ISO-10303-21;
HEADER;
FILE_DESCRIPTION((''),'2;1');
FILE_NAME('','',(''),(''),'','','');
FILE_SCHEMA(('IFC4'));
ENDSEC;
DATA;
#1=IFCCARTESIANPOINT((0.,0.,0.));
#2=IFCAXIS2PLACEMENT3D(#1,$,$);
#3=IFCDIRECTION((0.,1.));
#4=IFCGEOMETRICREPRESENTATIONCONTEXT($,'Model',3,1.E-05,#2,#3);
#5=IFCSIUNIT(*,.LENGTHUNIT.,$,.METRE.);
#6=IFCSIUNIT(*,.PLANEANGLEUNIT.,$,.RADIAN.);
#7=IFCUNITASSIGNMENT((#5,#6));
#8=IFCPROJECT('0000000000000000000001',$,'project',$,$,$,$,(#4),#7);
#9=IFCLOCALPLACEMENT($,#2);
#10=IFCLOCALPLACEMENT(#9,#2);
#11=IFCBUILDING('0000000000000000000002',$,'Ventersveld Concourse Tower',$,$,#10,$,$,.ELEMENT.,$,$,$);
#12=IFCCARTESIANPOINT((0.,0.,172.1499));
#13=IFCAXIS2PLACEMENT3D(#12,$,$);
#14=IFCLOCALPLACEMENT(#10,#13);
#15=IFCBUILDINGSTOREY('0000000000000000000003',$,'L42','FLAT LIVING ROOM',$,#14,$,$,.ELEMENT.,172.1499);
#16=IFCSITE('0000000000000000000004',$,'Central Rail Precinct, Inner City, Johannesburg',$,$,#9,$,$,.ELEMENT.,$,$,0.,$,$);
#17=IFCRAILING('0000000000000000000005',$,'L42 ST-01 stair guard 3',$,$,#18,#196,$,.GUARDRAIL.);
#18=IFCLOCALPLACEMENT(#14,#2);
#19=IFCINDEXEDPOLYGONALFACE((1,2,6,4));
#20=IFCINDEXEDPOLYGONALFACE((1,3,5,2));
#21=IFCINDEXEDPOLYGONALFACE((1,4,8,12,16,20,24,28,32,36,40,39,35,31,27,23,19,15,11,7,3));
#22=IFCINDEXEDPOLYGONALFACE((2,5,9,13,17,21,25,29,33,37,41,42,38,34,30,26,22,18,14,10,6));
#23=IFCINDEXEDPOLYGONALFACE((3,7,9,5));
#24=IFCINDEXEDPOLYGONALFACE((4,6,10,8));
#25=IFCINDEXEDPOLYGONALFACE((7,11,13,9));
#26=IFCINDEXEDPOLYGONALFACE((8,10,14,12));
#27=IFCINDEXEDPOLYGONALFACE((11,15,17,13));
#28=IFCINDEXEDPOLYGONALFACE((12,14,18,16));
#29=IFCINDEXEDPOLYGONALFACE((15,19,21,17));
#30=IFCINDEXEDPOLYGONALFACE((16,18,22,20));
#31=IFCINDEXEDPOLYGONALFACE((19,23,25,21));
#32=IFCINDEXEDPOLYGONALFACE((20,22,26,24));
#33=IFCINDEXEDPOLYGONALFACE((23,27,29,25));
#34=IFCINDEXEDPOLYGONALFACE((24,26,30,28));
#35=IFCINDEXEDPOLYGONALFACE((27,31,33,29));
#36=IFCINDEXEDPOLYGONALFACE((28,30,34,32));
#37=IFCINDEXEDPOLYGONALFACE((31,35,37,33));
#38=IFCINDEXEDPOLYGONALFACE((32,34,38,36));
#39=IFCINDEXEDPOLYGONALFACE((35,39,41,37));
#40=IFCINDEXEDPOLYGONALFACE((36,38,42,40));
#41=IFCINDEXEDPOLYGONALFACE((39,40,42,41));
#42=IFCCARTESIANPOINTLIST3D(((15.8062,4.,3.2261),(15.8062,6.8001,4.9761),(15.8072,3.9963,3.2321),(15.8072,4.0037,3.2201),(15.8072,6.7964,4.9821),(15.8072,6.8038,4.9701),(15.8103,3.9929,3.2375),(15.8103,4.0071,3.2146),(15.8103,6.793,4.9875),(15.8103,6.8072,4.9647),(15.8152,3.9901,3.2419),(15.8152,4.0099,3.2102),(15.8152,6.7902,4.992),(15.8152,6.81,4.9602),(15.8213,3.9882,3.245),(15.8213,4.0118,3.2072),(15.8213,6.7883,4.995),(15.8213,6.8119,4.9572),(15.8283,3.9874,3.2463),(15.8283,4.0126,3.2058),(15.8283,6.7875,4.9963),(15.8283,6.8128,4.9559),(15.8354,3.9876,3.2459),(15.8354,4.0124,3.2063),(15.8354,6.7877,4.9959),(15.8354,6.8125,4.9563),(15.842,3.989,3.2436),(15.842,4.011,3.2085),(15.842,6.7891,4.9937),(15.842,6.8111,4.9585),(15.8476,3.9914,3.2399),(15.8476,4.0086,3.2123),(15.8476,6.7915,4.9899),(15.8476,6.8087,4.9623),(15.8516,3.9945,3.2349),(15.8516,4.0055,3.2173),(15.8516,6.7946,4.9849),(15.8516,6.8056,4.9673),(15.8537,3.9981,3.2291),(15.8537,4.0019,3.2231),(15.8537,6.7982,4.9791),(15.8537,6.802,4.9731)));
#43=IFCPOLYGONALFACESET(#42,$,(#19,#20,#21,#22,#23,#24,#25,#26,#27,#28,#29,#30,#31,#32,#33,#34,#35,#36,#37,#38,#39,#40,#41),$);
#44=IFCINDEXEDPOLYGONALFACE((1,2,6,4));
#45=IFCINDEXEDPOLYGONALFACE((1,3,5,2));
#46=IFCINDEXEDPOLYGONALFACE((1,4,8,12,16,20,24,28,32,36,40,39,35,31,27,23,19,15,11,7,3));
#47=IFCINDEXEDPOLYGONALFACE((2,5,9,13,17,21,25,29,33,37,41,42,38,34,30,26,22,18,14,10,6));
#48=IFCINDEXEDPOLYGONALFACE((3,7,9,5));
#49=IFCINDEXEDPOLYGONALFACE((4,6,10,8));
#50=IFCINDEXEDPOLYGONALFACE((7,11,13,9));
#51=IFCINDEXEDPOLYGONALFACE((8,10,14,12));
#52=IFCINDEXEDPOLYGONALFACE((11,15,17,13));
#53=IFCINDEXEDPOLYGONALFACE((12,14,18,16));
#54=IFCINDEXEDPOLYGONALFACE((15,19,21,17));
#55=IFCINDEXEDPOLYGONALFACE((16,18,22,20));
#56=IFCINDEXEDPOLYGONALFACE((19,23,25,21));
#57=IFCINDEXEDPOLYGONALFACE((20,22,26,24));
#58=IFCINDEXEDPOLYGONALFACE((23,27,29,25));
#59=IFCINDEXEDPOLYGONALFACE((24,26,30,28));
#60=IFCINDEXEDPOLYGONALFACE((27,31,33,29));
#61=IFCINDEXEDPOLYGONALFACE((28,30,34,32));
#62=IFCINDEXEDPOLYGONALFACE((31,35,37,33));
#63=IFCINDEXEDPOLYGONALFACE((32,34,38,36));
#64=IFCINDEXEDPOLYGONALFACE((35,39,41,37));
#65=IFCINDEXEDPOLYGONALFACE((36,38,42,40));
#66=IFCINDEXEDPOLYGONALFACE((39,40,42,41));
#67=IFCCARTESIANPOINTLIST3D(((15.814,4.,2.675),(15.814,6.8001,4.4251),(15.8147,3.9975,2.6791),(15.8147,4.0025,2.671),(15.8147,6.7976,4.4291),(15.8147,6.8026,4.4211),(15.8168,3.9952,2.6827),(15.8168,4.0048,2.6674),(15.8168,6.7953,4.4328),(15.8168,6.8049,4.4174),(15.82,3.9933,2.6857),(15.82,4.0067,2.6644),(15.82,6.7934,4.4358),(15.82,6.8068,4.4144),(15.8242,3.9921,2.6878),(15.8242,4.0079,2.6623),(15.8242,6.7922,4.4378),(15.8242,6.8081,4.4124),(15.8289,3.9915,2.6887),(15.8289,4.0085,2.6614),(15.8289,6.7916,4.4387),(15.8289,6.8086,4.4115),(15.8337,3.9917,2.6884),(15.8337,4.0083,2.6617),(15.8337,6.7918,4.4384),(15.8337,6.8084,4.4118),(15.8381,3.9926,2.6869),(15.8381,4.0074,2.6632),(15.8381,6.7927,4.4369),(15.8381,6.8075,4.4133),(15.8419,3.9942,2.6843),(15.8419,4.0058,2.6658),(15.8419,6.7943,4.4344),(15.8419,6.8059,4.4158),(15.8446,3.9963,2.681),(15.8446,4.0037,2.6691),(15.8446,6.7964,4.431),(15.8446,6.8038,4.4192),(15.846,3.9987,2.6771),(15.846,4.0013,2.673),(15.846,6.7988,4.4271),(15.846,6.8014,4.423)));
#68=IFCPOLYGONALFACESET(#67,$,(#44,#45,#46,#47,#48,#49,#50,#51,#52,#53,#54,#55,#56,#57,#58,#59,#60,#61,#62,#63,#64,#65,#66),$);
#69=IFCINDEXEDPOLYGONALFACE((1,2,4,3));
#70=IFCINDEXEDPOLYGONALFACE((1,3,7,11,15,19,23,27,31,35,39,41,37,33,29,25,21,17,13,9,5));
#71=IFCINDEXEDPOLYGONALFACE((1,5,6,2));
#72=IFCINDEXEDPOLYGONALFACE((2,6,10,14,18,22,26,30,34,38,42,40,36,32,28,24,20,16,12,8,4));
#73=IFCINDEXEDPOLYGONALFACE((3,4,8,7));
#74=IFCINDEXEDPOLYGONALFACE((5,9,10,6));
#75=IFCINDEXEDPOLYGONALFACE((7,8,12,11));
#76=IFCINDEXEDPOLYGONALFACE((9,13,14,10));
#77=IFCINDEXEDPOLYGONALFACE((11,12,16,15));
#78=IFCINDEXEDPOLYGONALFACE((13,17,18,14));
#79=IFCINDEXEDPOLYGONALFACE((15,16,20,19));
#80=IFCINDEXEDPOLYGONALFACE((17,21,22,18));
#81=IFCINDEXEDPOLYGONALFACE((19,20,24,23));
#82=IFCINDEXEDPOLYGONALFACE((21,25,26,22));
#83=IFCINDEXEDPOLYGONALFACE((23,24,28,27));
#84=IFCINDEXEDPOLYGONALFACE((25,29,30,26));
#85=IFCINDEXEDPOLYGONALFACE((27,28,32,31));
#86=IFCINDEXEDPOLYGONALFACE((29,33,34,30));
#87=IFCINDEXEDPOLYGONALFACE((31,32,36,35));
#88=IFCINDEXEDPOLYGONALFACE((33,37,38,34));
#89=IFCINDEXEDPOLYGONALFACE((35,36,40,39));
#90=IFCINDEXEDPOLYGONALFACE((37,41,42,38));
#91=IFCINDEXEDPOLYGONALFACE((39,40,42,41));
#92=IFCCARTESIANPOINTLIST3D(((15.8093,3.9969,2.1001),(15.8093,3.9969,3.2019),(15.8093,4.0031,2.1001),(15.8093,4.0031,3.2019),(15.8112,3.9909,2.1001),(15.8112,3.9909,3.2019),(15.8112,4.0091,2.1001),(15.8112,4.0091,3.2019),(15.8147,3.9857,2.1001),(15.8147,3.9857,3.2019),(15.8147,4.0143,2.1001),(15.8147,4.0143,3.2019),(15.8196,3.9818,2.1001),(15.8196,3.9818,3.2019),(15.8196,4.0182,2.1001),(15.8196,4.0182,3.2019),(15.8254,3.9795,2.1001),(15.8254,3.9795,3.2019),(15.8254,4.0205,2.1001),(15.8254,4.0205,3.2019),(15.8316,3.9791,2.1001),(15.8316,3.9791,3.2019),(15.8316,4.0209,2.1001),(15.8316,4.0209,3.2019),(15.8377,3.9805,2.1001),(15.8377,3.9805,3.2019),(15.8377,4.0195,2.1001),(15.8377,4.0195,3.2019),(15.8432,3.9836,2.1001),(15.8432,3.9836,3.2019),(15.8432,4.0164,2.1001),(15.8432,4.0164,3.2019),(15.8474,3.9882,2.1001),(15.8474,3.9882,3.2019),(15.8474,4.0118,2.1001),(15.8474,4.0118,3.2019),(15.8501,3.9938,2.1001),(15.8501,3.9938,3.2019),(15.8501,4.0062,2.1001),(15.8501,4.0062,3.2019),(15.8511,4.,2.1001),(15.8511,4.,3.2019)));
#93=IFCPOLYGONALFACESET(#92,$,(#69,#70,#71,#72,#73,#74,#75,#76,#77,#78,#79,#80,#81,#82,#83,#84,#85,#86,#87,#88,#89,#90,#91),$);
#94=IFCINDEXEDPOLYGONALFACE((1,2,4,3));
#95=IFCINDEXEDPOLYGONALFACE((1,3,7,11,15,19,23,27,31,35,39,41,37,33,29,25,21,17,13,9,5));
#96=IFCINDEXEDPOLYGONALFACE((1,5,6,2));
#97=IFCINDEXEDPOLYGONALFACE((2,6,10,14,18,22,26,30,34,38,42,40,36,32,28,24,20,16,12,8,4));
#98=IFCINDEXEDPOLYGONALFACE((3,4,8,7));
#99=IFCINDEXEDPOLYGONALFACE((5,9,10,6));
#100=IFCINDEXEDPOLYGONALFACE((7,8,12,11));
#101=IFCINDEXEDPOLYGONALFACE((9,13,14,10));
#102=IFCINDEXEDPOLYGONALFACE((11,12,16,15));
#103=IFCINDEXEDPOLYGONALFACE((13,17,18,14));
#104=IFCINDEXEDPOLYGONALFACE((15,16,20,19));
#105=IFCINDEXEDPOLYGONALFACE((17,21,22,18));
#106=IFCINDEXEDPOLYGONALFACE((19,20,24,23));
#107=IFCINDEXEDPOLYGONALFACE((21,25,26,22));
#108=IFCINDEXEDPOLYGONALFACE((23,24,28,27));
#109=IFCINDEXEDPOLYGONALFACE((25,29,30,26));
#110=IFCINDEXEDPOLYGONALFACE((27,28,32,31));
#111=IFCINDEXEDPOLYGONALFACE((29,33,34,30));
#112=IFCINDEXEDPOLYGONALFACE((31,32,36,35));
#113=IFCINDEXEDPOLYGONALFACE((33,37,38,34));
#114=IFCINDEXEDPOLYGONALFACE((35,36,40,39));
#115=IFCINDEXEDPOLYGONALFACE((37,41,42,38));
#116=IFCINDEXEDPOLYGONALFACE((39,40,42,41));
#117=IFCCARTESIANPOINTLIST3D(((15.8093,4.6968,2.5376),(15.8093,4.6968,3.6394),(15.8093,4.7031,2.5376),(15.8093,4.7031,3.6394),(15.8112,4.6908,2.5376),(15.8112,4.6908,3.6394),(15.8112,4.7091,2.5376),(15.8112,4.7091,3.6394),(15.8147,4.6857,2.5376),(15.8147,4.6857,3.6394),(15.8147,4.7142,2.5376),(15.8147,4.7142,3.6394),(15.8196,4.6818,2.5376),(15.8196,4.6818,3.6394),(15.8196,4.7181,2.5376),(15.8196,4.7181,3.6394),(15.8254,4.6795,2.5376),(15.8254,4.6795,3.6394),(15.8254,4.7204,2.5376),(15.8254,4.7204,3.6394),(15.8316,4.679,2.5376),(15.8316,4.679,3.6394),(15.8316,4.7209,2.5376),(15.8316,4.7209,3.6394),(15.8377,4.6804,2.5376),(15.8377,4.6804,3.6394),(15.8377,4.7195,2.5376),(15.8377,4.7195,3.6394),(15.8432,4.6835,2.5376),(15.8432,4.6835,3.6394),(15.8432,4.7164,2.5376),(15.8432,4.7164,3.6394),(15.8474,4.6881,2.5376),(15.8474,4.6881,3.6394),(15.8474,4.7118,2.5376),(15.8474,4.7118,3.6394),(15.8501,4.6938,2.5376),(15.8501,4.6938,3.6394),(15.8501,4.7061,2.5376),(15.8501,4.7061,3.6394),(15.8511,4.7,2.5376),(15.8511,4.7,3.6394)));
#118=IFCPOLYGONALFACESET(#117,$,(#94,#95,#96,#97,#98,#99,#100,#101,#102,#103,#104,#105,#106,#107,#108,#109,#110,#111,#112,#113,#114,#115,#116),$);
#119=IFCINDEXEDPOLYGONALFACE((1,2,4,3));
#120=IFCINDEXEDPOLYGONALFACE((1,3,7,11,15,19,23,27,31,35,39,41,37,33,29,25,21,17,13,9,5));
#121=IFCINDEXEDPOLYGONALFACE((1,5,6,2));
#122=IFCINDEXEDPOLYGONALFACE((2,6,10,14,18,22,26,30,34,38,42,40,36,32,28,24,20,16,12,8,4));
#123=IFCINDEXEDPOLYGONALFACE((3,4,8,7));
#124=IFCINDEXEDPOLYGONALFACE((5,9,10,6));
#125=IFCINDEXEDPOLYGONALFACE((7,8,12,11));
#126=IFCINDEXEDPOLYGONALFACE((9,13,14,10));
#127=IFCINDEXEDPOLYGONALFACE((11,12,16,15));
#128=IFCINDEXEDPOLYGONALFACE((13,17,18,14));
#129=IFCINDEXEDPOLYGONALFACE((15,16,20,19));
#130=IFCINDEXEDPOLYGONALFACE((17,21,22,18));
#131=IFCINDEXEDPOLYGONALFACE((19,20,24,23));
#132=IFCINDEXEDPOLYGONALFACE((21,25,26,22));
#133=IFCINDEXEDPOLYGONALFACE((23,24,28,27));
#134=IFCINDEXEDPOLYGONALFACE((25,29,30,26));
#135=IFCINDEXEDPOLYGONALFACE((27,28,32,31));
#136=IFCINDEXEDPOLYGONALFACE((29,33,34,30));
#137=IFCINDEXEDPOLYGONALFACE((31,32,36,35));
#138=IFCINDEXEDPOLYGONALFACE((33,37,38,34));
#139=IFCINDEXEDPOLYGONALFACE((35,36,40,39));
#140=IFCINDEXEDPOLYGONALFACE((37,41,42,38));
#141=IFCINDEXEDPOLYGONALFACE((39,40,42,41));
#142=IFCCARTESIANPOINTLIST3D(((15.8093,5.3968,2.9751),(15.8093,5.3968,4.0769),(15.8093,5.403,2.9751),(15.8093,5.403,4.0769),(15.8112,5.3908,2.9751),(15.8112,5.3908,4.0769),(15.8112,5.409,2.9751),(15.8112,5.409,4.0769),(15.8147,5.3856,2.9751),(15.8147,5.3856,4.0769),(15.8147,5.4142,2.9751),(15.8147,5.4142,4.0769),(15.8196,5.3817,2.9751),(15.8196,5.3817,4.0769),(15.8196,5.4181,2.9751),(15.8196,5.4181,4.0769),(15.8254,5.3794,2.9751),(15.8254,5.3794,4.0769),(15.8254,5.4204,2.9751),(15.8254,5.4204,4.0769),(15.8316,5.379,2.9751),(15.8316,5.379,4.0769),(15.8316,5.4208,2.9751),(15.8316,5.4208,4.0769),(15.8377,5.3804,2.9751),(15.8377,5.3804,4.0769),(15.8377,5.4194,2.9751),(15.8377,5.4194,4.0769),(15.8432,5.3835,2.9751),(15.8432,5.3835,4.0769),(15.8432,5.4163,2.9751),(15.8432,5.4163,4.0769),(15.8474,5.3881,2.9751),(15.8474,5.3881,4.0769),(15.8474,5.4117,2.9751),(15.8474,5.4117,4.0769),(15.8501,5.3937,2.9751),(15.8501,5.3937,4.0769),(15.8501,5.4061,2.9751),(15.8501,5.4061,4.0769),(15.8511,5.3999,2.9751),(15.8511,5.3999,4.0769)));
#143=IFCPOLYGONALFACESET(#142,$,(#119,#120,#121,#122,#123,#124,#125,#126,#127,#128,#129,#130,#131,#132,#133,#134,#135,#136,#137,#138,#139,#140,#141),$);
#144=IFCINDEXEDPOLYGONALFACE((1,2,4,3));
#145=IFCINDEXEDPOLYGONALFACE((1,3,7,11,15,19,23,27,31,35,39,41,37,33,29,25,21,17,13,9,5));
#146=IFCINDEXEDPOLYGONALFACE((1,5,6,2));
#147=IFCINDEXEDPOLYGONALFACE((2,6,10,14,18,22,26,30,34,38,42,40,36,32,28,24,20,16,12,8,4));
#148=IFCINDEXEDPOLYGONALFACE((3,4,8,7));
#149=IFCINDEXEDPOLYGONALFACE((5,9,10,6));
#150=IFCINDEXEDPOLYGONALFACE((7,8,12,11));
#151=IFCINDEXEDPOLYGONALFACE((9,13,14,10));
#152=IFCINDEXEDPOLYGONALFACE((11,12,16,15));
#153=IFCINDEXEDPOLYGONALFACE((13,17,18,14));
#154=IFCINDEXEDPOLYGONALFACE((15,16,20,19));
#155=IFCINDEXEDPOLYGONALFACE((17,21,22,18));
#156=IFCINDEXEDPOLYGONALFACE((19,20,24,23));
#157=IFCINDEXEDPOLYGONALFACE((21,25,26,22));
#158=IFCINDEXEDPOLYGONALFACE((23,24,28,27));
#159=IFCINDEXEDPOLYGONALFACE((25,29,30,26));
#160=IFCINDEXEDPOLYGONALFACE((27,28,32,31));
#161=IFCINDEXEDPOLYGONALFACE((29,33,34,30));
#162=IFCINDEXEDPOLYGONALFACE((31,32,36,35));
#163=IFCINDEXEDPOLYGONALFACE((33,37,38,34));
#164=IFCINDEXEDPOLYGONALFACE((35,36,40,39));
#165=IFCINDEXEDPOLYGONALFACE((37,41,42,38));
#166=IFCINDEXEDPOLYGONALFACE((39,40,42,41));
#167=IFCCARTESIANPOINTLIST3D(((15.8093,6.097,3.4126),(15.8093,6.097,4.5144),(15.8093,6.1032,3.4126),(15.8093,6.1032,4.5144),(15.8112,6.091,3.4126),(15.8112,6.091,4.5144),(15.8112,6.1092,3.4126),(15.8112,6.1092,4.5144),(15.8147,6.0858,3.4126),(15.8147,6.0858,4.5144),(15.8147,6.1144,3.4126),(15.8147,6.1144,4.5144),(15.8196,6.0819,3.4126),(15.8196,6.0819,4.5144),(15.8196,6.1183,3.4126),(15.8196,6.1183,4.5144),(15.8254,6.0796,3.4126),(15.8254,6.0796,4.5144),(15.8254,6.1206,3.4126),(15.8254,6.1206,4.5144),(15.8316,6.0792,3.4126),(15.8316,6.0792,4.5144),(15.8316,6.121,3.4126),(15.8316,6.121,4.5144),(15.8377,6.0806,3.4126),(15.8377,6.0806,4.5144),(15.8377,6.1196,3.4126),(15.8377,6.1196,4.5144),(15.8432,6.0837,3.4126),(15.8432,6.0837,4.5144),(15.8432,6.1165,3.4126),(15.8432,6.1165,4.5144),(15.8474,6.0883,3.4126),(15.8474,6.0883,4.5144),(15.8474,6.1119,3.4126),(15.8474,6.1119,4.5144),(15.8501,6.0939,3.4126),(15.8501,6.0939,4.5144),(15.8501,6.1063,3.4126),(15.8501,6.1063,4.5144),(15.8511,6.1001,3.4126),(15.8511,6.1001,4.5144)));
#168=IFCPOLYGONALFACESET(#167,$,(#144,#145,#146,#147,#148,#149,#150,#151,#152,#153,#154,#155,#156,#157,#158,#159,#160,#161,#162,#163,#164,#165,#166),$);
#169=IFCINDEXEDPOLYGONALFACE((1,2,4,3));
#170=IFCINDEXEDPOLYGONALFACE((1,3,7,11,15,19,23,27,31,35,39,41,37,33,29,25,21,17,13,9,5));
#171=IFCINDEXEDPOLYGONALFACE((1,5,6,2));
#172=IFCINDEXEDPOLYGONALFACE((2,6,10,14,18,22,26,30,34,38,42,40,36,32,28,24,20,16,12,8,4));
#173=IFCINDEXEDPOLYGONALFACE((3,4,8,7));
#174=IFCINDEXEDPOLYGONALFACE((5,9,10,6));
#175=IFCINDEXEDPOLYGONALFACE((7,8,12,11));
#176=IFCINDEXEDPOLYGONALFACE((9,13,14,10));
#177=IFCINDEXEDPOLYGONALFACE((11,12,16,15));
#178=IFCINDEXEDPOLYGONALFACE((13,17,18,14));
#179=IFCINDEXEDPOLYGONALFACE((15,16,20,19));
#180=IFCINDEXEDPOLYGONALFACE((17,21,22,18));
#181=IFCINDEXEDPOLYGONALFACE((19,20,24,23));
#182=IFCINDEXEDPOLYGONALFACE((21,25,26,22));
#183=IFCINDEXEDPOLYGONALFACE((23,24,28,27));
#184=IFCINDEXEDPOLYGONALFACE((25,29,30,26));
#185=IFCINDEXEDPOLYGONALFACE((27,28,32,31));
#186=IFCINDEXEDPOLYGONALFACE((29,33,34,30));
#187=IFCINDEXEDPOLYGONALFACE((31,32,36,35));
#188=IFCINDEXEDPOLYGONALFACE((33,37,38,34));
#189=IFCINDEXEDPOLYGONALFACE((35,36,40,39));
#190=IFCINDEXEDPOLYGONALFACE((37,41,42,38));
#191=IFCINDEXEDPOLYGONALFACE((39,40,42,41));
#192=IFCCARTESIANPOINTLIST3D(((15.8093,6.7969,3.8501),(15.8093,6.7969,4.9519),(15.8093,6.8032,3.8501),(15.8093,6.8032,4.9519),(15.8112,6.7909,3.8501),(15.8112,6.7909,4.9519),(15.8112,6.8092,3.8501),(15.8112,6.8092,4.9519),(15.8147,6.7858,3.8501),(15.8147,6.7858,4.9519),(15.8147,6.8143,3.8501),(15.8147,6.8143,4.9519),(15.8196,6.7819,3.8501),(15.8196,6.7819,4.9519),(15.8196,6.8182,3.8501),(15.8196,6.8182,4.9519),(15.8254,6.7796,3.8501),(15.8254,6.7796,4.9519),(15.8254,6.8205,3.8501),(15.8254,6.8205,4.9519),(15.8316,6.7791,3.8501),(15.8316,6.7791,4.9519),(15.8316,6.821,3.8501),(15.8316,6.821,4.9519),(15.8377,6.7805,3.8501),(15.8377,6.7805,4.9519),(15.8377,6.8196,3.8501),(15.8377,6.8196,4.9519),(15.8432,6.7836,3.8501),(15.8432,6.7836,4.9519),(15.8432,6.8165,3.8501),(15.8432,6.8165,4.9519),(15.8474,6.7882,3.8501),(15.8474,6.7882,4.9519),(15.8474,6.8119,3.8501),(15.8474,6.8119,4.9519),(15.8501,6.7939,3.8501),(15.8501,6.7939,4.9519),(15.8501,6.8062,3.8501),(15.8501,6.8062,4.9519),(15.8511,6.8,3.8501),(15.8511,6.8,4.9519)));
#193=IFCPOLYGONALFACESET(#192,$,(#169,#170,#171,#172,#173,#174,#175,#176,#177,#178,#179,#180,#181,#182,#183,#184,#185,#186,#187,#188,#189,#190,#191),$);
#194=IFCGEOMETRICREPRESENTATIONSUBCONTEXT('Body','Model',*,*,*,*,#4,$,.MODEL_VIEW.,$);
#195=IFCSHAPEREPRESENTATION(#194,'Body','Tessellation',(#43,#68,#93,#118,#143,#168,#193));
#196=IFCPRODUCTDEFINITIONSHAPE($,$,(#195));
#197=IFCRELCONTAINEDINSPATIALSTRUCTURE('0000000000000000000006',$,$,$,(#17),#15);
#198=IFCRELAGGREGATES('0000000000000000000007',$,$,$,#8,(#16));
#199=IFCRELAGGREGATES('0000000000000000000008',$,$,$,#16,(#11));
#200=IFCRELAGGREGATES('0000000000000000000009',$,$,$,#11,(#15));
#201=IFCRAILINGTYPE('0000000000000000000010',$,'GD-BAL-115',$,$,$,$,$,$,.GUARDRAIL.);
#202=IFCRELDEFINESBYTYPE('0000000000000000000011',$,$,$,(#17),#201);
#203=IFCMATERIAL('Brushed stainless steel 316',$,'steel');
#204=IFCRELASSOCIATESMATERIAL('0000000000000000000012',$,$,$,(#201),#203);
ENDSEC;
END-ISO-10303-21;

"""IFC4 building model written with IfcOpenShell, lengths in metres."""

from ifc_helpers import new_model, si_unit, direction, frame, origin, origin_2d, place, context, subcontext, project, spatial, circle, extrude, material, type_object, element, save


model = new_model("IFC4")

# Units and contexts
model_context = context("Model", 3, precision=1e-05, world=origin(), true_north=direction((0.0, 1.0)))
body_context = subcontext(model_context, "Body", "Model", "MODEL_VIEW")
ifc_project = project(units=[si_unit("LENGTHUNIT", "METRE"), si_unit("PLANEANGLEUNIT", "RADIAN")], contexts=[model_context])

# Site, building, storey
site_placement = place(None, origin())
site = spatial("IfcSite", under=ifc_project, at=site_placement, Name="Central Rail Precinct, Inner City, Johannesburg", CompositionType="ELEMENT", RefElevation=0.0)
building_placement = place(site_placement, origin())
building = spatial("IfcBuilding", under=site, at=building_placement, Name="Ventersveld Concourse Tower", CompositionType="ELEMENT")
storey_placement = place(building_placement, frame((0.0, 0.0, 172.1499)))
storey = spatial("IfcBuildingStorey", under=building, at=storey_placement, Name="L42", Description="FLAT LIVING ROOM", CompositionType="ELEMENT", Elevation=172.1499)

# Railing
ifc_material_1 = material(Name="Brushed stainless steel 316", Category="steel")
railing_type_1 = type_object("IfcRailingType", Name="GD-BAL-115", PredefinedType="GUARDRAIL", material=ifc_material_1)
railing_1_placement = place(storey_placement, frame((15.8301, 4.0, 2.1001)))
element("IfcRailing", 1, at=railing_1_placement, inside=storey, type_object=railing_type_1, Name="L42 ST-01 stair guard 3", PredefinedType="GUARDRAIL", context=body_context, shape_type="SweptSolid", body=[
    extrude(circle(Radius=0.0239, at=origin_2d()), frame((0.0, 0.0, 1.126), z_axis=(0.0, 0.848002, 0.529992), x_axis=(-1.0, 0.0, 0.0)), (0.0, 0.0, 1.0), 3.302),
    extrude(circle(Radius=0.0161, at=origin_2d()), frame((0.0, 0.0, 0.575), z_axis=(0.0, 0.848002, 0.529992), x_axis=(-1.0, 0.0, 0.0)), (0.0, 0.0, 1.0), 3.302),
    extrude(circle(Radius=0.021, at=origin_2d()), origin(), (0.0, 0.0, 1.0), 1.1018),
    extrude(circle(Radius=0.021, at=origin_2d()), frame((0.0, 0.7, 0.4375)), (0.0, 0.0, 1.0), 1.1018),
    extrude(circle(Radius=0.021, at=origin_2d()), frame((0.0, 1.3999, 0.875)), (0.0, 0.0, 1.0), 1.1018),
    extrude(circle(Radius=0.021, at=origin_2d()), frame((0.0, 2.1001, 1.3125)), (0.0, 0.0, 1.0), 1.1018),
    extrude(circle(Radius=0.021, at=origin_2d()), frame((0.0, 2.8, 1.75)), (0.0, 0.0, 1.0), 1.1018),
])

save(model, "model.ifc")
